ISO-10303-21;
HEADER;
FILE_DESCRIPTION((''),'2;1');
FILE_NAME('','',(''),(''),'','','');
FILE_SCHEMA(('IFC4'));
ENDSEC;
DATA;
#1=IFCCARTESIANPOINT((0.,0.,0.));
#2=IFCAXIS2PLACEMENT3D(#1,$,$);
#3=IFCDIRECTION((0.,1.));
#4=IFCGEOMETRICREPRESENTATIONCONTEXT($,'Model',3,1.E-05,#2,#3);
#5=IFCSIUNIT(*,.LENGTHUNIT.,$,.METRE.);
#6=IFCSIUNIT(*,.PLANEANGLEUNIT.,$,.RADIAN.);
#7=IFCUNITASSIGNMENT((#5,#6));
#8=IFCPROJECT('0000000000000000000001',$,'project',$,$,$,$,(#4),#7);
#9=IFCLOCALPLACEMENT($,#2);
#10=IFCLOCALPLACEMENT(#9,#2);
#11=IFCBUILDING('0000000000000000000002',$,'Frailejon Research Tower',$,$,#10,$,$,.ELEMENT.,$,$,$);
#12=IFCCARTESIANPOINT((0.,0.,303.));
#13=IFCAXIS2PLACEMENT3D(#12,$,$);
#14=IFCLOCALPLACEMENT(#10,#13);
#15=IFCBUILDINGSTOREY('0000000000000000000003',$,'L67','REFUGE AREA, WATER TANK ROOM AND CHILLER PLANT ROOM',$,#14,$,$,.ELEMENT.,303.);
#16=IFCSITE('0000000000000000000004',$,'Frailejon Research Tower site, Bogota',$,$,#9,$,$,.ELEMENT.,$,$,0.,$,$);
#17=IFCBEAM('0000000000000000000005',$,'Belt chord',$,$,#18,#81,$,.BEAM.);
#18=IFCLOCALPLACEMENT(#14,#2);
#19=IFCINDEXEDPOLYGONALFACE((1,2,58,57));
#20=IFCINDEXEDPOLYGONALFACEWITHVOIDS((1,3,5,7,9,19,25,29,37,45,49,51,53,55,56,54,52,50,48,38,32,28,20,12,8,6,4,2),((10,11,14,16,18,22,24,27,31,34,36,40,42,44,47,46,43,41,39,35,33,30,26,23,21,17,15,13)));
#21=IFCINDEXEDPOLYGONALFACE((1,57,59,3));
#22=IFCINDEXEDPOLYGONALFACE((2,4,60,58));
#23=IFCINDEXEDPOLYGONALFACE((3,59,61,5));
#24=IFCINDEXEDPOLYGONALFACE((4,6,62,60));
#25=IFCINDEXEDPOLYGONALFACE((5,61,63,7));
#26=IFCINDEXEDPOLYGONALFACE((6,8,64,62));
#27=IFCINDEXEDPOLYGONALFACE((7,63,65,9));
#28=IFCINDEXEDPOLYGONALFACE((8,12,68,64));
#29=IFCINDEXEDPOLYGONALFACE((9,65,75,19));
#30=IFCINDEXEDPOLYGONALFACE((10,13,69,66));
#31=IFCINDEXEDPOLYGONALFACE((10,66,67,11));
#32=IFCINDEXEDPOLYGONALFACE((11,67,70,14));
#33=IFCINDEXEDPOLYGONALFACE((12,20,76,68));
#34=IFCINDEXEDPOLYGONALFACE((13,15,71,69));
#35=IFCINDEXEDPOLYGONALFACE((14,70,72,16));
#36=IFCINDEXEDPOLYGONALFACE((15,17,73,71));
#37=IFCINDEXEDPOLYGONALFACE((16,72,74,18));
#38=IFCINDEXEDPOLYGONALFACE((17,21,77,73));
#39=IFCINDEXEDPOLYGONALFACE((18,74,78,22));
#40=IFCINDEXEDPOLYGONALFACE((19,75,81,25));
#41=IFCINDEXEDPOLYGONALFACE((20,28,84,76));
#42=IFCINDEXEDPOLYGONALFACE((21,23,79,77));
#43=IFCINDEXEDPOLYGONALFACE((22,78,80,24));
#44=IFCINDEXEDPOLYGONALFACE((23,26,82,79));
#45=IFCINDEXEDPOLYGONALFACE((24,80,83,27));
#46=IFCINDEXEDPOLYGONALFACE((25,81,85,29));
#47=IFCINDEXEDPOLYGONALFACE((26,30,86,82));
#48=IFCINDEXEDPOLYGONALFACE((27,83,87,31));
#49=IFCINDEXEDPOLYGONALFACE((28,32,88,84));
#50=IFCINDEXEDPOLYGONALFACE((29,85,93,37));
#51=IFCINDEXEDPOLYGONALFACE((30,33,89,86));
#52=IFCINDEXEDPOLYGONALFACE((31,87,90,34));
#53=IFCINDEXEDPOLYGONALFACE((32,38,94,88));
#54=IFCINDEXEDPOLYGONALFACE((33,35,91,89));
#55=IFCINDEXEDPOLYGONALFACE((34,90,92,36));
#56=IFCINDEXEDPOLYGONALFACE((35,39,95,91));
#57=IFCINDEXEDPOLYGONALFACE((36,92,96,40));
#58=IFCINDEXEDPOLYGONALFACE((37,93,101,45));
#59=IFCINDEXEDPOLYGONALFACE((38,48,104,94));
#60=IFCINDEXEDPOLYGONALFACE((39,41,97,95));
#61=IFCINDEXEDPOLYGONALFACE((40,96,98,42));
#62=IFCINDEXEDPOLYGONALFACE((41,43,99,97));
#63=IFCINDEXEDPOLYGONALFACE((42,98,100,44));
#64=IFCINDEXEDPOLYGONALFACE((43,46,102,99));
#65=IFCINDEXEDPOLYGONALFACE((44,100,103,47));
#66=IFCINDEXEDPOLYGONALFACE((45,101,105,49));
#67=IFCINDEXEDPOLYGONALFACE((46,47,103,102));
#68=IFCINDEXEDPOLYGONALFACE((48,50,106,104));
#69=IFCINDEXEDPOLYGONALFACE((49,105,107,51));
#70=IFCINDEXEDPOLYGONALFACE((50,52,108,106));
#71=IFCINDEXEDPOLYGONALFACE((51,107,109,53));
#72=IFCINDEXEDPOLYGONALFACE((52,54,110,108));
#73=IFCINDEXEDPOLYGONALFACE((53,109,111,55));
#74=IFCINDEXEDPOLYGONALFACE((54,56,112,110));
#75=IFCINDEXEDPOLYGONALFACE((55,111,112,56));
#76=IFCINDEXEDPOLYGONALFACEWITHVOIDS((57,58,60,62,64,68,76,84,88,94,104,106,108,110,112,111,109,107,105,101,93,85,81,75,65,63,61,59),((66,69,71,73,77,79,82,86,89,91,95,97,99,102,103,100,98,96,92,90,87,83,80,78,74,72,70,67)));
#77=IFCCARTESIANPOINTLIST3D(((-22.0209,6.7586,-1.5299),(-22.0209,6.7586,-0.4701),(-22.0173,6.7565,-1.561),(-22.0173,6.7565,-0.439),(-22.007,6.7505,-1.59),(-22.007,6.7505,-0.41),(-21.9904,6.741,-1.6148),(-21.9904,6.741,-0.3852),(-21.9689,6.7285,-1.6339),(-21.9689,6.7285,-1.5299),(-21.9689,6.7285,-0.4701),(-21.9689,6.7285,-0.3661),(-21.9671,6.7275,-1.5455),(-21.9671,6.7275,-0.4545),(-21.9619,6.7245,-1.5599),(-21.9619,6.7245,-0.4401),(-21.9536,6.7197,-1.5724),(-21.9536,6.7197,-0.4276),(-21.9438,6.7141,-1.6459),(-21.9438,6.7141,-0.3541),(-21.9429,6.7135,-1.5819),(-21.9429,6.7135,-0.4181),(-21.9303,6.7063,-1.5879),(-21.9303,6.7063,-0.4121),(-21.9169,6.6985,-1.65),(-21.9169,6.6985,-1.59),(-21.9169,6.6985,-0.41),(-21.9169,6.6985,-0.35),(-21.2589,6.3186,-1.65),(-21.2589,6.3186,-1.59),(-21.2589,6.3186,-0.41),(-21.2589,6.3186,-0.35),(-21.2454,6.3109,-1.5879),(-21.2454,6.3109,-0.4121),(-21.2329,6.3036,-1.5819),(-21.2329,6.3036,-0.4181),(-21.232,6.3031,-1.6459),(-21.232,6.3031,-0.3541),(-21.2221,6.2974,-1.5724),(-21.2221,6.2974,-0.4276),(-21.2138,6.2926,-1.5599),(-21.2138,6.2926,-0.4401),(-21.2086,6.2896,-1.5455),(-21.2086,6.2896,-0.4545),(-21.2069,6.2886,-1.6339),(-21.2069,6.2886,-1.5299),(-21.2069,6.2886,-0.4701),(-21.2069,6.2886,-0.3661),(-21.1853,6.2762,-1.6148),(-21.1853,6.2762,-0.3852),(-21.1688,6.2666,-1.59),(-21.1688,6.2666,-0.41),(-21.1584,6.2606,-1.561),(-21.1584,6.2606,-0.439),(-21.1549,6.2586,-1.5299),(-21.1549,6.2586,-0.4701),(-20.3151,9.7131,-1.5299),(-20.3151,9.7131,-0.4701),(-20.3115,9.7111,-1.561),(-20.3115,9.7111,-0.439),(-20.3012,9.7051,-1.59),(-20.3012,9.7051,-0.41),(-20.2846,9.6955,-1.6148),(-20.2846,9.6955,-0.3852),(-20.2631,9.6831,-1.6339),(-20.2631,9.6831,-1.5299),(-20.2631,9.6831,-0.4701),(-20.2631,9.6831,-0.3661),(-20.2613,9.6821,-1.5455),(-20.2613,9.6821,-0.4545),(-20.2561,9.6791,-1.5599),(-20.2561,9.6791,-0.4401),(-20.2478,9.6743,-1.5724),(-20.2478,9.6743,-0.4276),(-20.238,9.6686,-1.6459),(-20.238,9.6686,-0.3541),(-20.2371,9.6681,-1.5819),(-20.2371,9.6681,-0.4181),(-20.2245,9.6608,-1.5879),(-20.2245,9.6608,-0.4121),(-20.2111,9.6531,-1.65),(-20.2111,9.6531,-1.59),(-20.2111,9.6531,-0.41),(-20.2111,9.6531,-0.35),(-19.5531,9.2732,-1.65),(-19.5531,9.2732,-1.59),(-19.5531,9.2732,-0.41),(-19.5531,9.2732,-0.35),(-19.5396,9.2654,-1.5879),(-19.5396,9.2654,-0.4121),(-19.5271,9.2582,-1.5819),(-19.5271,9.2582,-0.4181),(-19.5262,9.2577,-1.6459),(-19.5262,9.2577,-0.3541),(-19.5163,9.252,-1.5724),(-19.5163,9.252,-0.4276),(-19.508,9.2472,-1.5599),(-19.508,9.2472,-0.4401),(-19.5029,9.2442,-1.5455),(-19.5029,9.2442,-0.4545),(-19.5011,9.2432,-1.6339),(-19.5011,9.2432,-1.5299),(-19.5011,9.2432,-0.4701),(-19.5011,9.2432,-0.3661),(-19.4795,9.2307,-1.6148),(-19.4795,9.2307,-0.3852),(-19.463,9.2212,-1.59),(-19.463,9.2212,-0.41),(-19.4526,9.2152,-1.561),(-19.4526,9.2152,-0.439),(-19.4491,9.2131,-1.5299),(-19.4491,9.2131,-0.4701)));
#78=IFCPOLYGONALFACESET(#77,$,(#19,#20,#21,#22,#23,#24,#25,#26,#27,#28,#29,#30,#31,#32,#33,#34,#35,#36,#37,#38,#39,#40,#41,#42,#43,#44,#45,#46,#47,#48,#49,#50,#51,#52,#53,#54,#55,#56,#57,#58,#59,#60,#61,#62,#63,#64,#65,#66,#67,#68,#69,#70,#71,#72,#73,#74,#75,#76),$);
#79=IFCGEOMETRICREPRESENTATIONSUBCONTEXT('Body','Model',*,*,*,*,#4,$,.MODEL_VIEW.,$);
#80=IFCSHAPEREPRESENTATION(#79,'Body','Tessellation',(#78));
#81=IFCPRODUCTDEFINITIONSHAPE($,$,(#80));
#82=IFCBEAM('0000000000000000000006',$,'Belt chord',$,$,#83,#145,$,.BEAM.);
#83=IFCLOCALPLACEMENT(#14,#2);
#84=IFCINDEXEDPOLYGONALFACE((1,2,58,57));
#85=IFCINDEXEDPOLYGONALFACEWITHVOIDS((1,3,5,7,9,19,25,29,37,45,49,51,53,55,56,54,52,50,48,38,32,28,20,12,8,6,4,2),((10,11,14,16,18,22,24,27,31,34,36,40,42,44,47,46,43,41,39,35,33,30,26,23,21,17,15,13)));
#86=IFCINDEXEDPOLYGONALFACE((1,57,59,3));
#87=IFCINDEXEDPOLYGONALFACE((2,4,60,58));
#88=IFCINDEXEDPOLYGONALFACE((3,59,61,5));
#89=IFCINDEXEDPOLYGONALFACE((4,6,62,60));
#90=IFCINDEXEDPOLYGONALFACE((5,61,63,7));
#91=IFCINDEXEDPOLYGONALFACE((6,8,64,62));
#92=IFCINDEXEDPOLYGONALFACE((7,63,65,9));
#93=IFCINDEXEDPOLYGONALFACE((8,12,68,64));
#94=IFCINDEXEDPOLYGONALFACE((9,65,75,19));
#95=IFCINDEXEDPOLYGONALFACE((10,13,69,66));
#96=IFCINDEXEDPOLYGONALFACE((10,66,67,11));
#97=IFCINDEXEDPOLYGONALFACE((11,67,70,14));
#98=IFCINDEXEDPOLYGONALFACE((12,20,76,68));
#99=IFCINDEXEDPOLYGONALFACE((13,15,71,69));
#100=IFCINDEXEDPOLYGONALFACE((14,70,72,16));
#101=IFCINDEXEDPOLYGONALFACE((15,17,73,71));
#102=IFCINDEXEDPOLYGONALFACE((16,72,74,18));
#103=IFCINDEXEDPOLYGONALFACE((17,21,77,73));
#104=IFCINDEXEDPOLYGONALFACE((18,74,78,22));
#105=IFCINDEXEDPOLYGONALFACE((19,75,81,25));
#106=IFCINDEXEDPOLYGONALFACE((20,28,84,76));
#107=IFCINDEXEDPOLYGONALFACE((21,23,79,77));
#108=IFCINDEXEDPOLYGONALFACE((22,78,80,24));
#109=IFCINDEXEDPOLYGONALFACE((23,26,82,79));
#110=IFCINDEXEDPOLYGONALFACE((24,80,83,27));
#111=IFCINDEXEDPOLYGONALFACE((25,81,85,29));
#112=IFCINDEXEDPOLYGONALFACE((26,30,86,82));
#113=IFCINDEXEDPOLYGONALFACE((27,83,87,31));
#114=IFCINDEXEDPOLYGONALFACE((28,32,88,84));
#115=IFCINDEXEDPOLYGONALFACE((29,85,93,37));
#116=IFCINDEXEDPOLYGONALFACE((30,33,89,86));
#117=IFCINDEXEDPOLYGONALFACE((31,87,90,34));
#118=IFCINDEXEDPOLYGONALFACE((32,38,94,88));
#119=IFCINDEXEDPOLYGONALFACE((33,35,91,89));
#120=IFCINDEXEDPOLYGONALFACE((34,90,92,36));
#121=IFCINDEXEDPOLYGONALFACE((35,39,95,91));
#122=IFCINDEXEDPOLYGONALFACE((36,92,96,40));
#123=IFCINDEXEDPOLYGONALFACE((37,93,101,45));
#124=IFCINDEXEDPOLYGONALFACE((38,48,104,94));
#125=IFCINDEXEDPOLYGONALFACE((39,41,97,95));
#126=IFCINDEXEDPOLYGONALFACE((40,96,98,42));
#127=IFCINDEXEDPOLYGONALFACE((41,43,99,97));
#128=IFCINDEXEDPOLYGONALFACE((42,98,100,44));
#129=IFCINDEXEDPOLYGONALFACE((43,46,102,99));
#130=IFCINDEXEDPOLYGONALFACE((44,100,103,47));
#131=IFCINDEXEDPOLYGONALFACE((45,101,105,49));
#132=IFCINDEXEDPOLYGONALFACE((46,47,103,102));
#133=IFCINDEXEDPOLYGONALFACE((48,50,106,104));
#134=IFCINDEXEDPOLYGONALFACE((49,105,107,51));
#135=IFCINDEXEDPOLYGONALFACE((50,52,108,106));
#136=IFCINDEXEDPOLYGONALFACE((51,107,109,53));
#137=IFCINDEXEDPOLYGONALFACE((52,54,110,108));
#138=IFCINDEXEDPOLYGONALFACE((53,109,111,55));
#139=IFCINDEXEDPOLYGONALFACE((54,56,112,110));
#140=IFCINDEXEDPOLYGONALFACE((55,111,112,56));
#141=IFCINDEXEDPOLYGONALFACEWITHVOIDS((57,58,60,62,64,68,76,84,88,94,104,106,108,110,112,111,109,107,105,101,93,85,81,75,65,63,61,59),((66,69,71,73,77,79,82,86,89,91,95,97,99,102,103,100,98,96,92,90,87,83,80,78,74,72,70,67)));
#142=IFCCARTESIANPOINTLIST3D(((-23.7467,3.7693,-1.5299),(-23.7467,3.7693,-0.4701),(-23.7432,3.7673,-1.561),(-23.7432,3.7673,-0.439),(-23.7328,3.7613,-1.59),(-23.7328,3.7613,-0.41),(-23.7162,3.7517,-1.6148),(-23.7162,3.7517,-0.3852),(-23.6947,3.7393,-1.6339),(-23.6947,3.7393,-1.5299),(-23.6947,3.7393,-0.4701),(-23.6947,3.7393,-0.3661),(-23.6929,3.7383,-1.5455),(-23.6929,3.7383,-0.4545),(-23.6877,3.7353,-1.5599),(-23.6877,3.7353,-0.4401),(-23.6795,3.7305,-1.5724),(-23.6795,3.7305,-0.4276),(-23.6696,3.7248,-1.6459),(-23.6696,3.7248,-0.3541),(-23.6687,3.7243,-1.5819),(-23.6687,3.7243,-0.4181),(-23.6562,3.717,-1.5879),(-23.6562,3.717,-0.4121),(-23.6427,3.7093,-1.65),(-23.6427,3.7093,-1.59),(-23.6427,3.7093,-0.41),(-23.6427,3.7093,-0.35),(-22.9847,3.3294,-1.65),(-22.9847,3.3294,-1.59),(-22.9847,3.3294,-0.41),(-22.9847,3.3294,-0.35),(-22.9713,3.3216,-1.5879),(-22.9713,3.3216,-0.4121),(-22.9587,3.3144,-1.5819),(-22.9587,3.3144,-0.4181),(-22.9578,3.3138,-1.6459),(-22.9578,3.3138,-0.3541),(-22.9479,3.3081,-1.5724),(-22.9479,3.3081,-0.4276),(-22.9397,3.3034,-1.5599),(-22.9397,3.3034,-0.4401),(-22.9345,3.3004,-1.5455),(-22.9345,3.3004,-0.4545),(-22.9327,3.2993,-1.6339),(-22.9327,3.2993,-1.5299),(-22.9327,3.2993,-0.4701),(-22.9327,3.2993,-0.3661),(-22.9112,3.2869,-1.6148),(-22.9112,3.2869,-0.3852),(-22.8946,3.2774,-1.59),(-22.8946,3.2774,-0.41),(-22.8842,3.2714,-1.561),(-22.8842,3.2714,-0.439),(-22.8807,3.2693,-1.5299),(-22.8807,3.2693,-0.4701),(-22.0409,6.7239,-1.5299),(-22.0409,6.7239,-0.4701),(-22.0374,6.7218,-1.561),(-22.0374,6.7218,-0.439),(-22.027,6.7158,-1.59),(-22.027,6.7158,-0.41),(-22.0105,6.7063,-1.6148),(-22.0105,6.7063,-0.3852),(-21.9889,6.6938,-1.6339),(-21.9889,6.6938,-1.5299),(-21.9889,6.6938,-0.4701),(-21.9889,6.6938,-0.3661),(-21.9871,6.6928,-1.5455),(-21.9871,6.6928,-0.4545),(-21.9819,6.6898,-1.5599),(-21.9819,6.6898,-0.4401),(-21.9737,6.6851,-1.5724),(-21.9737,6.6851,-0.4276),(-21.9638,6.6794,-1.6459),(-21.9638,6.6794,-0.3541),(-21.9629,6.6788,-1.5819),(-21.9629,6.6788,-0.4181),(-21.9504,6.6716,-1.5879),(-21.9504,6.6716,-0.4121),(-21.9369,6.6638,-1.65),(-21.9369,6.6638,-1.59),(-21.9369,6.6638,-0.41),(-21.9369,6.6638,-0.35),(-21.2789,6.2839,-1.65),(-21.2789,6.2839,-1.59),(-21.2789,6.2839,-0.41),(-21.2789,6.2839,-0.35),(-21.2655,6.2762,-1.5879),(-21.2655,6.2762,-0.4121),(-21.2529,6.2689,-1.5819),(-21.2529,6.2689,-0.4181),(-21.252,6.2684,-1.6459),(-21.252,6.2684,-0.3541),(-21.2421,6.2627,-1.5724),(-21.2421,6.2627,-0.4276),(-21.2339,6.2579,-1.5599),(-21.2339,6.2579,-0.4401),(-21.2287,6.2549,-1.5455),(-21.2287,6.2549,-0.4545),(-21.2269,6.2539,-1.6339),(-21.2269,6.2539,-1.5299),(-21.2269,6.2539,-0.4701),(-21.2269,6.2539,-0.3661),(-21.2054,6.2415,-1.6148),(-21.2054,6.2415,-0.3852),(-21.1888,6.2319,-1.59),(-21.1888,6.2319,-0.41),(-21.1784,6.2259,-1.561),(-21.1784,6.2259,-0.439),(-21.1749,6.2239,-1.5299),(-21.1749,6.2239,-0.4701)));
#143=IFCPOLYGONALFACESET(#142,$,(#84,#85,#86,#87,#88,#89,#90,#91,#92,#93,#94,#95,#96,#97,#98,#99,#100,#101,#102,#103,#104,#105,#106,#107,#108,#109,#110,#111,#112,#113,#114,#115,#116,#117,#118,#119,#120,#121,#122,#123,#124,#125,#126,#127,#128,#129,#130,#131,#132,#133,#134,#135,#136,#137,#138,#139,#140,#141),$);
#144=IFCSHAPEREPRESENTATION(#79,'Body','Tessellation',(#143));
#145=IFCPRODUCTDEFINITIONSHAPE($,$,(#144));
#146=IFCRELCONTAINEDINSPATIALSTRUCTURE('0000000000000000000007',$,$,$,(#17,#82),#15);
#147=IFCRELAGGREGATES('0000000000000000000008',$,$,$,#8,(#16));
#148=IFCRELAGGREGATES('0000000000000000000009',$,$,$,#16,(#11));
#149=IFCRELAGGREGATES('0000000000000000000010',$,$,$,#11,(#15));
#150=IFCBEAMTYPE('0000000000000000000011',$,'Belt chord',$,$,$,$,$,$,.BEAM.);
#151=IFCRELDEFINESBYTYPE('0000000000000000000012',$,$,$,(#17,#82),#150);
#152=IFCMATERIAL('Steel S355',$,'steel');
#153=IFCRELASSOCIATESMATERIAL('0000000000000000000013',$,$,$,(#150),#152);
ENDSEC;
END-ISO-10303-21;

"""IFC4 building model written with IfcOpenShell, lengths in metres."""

from ifc_helpers import new_model, si_unit, direction, frame, origin, origin_2d, place, context, subcontext, project, spatial, hollow_rectangle, extrude, material, material_profile, profile_set, type_object, element, save


model = new_model("IFC4")

# Units and contexts
model_context = context("Model", 3, precision=1e-05, world=origin(), true_north=direction((0.0, 1.0)))
body_context = subcontext(model_context, "Body", "Model", "MODEL_VIEW")
ifc_project = project(units=[si_unit("LENGTHUNIT", "METRE"), si_unit("PLANEANGLEUNIT", "RADIAN")], contexts=[model_context])

# Site, building, storey
site_placement = place(None, origin())
site = spatial("IfcSite", under=ifc_project, at=site_placement, Name="Frailejon Research Tower site, Bogota", CompositionType="ELEMENT", RefElevation=0.0)
building_placement = place(site_placement, origin())
building = spatial("IfcBuilding", under=site, at=building_placement, Name="Frailejon Research Tower", CompositionType="ELEMENT")
storey_placement = place(building_placement, frame((0.0, 0.0, 303.0)))
storey = spatial("IfcBuildingStorey", under=building, at=storey_placement, Name="L67", Description="REFUGE AREA, WATER TANK ROOM AND CHILLER PLANT ROOM", CompositionType="ELEMENT", Elevation=303.0)

# Beams
ifc_material_1 = material(Name="Steel S355", Category="steel")
ifc_material_profile_1 = material_profile(ifc_material_1, hollow_rectangle(XDim=1.0, YDim=1.3, WallThickness=0.0601, InnerFilletRadius=0.0601, OuterFilletRadius=0.1201, at=origin_2d()), Name="Belt chord")
ifc_profile_set_1 = profile_set([ifc_material_profile_1], Name="Steel S355")
beam_type_1 = type_object("IfcBeamType", Name="Belt chord", PredefinedType="BEAM", material=ifc_profile_set_1)
for number, where, z_axis, x_axis, name in (
    (1, (-19.8821, 9.4631, -1.0), (-0.499995, -0.866028, 0.0), (0.866028, -0.499995, 0.0), "Belt chord"),
    (2, (-21.6079, 6.4739, -1.0), (-0.499995, -0.866028, 0.0), (0.866028, -0.499995, 0.0), "Belt chord"),
):
    element("IfcBeam", number, at=place(storey_placement, frame(where, z_axis=z_axis, x_axis=x_axis)), inside=storey, type_object=beam_type_1, Name=name, PredefinedType="BEAM", context=body_context, shape_type="SweptSolid", body=[
        extrude(hollow_rectangle(XDim=1.0, YDim=1.3, WallThickness=0.0601, InnerFilletRadius=0.0601, OuterFilletRadius=0.1201, at=origin_2d()), origin(), (0.0, 0.0, 1.0), 3.4116),
    ])

save(model, "model.ifc")
